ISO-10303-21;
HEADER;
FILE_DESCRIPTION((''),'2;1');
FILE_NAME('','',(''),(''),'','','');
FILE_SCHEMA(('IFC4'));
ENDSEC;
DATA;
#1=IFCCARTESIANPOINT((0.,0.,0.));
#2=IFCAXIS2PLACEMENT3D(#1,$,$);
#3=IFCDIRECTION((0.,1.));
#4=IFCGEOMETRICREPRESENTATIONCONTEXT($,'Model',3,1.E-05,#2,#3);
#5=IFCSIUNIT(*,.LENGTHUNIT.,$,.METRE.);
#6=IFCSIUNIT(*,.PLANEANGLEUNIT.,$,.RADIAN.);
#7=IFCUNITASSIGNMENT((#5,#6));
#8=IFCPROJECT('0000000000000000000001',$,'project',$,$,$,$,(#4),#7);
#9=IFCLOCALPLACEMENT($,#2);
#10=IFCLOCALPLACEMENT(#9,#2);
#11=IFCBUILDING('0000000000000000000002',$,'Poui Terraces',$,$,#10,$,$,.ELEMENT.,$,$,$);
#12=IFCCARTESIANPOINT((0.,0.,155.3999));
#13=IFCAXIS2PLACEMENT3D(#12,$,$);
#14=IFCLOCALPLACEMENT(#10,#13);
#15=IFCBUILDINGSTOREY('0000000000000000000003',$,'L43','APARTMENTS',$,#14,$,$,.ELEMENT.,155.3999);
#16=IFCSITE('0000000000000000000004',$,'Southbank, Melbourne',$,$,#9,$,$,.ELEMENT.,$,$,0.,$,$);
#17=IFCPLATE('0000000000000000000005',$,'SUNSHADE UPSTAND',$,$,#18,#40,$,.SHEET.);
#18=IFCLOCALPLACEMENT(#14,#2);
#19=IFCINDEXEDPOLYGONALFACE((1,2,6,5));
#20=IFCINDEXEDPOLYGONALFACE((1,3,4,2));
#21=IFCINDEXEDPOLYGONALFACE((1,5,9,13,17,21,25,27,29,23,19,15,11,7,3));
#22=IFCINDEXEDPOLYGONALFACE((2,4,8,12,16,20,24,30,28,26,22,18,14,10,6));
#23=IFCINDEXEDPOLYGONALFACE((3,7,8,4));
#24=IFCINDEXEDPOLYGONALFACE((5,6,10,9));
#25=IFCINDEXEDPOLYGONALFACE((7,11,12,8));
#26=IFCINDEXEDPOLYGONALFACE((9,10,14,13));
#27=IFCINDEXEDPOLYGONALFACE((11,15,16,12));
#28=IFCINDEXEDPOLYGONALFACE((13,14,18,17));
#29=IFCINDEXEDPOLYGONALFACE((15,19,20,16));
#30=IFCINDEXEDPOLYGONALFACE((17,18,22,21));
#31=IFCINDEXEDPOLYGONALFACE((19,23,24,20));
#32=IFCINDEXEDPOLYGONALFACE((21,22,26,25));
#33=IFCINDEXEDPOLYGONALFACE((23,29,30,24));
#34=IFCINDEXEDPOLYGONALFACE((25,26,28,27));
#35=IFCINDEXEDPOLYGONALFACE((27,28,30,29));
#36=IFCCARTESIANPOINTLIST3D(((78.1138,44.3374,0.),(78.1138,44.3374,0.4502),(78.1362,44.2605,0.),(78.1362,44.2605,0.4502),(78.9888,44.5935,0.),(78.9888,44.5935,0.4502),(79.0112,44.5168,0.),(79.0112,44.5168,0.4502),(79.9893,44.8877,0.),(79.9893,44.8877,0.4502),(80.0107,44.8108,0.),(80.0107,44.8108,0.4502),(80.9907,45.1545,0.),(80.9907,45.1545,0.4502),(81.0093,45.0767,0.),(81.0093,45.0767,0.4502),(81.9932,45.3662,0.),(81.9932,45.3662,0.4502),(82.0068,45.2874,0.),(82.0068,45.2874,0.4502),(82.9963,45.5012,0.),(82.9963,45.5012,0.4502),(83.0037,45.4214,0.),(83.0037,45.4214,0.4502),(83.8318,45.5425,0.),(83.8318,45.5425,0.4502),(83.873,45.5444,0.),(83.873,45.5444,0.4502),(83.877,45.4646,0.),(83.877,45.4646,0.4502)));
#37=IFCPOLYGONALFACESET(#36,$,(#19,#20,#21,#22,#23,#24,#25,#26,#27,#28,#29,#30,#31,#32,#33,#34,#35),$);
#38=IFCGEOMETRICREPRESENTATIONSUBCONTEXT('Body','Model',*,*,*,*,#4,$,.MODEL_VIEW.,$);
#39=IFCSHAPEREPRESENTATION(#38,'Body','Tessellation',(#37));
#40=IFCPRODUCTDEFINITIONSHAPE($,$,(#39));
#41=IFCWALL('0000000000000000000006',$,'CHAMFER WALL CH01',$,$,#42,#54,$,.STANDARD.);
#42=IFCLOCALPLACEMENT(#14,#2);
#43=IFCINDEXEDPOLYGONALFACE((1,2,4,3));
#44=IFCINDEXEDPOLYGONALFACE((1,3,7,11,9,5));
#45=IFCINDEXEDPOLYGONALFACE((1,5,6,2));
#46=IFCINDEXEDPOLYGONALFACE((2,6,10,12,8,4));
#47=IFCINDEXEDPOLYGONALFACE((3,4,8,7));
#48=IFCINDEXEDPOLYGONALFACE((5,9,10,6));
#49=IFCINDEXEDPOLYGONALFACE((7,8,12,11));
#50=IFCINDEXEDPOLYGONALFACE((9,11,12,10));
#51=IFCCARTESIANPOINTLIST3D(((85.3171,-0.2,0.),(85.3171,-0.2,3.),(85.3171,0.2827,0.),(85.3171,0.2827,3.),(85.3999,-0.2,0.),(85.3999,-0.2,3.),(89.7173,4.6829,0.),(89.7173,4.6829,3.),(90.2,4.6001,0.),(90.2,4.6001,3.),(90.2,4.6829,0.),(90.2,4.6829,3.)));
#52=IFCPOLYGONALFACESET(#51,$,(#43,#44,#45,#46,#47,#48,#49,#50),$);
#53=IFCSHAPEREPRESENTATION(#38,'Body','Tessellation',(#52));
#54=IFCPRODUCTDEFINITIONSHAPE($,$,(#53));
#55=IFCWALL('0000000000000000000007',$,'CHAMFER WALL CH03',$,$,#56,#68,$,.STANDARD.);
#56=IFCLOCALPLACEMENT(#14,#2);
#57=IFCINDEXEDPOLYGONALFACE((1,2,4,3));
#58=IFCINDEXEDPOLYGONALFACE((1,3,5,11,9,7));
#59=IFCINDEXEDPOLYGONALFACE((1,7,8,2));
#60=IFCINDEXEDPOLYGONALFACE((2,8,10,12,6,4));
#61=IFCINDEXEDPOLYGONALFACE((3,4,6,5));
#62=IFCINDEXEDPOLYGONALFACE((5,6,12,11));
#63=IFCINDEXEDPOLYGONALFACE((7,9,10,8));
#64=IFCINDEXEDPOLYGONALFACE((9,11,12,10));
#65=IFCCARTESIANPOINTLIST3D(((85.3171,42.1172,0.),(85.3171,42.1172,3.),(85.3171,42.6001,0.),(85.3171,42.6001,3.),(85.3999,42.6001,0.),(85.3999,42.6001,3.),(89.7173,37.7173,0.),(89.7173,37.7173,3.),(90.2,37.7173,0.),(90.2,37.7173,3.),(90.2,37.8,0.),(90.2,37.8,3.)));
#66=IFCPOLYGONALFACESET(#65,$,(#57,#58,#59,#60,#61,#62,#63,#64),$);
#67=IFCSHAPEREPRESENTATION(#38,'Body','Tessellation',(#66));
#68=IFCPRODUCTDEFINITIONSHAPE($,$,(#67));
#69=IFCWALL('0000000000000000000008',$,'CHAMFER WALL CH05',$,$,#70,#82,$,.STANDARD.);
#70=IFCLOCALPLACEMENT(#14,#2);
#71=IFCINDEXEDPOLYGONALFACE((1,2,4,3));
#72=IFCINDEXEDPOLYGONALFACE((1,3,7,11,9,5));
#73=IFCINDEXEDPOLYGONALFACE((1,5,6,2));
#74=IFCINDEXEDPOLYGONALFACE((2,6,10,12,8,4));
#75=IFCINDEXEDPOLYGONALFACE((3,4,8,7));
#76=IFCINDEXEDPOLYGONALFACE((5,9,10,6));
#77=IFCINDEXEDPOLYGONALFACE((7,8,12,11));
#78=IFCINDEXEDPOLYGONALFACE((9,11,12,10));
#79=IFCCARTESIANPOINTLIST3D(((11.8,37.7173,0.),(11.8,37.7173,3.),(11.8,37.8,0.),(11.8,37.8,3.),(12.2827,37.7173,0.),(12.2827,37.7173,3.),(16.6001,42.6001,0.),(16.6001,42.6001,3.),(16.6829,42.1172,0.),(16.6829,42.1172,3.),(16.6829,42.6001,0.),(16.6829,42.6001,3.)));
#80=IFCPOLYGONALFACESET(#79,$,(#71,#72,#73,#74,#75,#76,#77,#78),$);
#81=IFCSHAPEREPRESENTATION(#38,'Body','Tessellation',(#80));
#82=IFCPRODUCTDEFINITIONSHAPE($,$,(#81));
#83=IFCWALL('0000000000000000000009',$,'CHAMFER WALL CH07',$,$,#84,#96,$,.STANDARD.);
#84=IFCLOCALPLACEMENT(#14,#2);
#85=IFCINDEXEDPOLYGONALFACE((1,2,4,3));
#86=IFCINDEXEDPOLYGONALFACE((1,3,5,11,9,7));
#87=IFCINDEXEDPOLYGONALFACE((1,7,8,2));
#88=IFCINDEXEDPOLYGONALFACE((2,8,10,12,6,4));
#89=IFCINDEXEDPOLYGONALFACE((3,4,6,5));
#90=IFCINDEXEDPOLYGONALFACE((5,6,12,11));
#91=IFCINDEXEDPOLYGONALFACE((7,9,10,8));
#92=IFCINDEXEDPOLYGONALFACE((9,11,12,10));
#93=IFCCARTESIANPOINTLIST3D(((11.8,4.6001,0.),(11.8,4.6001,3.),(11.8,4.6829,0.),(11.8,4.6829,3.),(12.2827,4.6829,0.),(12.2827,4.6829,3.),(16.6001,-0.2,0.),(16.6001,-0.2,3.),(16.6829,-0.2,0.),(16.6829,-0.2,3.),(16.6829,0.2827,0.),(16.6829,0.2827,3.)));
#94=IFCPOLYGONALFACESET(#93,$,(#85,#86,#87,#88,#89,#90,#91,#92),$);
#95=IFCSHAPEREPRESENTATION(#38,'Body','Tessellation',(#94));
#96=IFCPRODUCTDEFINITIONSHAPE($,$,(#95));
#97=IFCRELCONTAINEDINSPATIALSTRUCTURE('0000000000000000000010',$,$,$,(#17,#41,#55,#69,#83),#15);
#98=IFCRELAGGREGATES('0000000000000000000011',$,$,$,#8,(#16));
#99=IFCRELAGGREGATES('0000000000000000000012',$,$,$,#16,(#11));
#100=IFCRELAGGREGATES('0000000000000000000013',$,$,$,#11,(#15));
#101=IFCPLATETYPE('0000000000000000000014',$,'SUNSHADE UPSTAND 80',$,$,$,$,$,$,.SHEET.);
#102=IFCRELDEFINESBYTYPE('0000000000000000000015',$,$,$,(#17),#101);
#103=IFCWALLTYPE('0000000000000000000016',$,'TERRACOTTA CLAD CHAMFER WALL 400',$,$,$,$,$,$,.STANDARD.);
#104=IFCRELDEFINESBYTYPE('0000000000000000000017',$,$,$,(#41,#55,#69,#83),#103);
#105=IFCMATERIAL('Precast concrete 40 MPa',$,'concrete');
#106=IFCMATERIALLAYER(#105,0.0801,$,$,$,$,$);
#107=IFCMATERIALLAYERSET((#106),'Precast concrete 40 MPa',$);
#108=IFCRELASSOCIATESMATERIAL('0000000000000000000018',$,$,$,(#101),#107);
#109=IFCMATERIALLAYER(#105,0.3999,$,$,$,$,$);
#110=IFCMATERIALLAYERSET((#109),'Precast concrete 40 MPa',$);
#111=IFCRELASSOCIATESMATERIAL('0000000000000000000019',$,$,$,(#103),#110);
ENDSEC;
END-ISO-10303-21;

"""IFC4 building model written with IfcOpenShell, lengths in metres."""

from ifc_helpers import new_model, si_unit, direction, frame, origin, place, context, subcontext, project, spatial, polyline, outline, extrude, material, layer, layer_set, type_object, element, save


model = new_model("IFC4")

# Units and contexts
model_context = context("Model", 3, precision=1e-05, world=origin(), true_north=direction((0.0, 1.0)))
body_context = subcontext(model_context, "Body", "Model", "MODEL_VIEW")
ifc_project = project(units=[si_unit("LENGTHUNIT", "METRE"), si_unit("PLANEANGLEUNIT", "RADIAN")], contexts=[model_context])

# Site, building, storey
site_placement = place(None, origin())
site = spatial("IfcSite", under=ifc_project, at=site_placement, Name="Southbank, Melbourne", CompositionType="ELEMENT", RefElevation=0.0)
building_placement = place(site_placement, origin())
building = spatial("IfcBuilding", under=site, at=building_placement, Name="Poui Terraces", CompositionType="ELEMENT")
storey_placement = place(building_placement, frame((0.0, 0.0, 155.3999)))
storey = spatial("IfcBuildingStorey", under=building, at=storey_placement, Name="L43", Description="APARTMENTS", CompositionType="ELEMENT", Elevation=155.3999)

# Shared definitions
ifc_material_1 = material(Name="Precast concrete 40 MPa", Category="concrete")

# Plate
ifc_layer_1 = layer(ifc_material_1, 0.0801)
ifc_layer_set_1 = layer_set([ifc_layer_1], Name="Precast concrete 40 MPa")
plate_type = type_object("IfcPlateType", Name="SUNSHADE UPSTAND 80", PredefinedType="SHEET", material=ifc_layer_set_1)
plate_1_placement = place(storey_placement, origin())
element("IfcPlate", 1, at=plate_1_placement, inside=storey, type_object=plate_type, Name="SUNSHADE UPSTAND", PredefinedType="SHEET", context=body_context, shape_type="SweptSolid", body=[
    extrude(outline(polyline([(78.9888, 44.5935), (78.1138, 44.3374), (78.1362, 44.2605), (79.0112, 44.5168), (80.0107, 44.8108), (81.0093, 45.0767), (82.0068, 45.2874), (83.0037, 45.4214), (83.877, 45.4646), (83.873, 45.5444), (83.8318, 45.5425), (82.9963, 45.5012), (81.9932, 45.3662), (80.9907, 45.1545), (79.9893, 44.8877), (78.9888, 44.5935)])), origin(), (0.0, 0.0, 1.0), 0.4502),
])

# Walls
ifc_layer_2 = layer(ifc_material_1, 0.3999)
ifc_layer_set_2 = layer_set([ifc_layer_2], Name="Precast concrete 40 MPa")
wall_type = type_object("IfcWallType", Name="TERRACOTTA CLAD CHAMFER WALL 400", PredefinedType="STANDARD", material=ifc_layer_set_2)
wall_1_placement = place(storey_placement, origin())
element("IfcWall", 2, at=wall_1_placement, inside=storey, type_object=wall_type, Name="CHAMFER WALL CH01", PredefinedType="STANDARD", context=body_context, shape_type="SweptSolid", body=[
    extrude(outline(polyline([(85.3171, -0.2), (85.3999, -0.2), (90.2, 4.6001), (90.2, 4.6829), (89.7173, 4.6829), (85.3171, 0.2827), (85.3171, -0.2)])), origin(), (0.0, 0.0, 1.0), 3.0),
])
wall_2_placement = place(storey_placement, origin())
element("IfcWall", 3, at=wall_2_placement, inside=storey, type_object=wall_type, Name="CHAMFER WALL CH03", PredefinedType="STANDARD", context=body_context, shape_type="SweptSolid", body=[
    extrude(outline(polyline([(90.2, 37.7173), (90.2, 37.8), (85.3999, 42.6001), (85.3171, 42.6001), (85.3171, 42.1172), (89.7173, 37.7173), (90.2, 37.7173)])), origin(), (0.0, 0.0, 1.0), 3.0),
])
wall_3_placement = place(storey_placement, origin())
element("IfcWall", 4, at=wall_3_placement, inside=storey, type_object=wall_type, Name="CHAMFER WALL CH05", PredefinedType="STANDARD", context=body_context, shape_type="SweptSolid", body=[
    extrude(outline(polyline([(16.6829, 42.6001), (16.6001, 42.6001), (11.8, 37.8), (11.8, 37.7173), (12.2827, 37.7173), (16.6829, 42.1172), (16.6829, 42.6001)])), origin(), (0.0, 0.0, 1.0), 3.0),
])
wall_4_placement = place(storey_placement, origin())
element("IfcWall", 5, at=wall_4_placement, inside=storey, type_object=wall_type, Name="CHAMFER WALL CH07", PredefinedType="STANDARD", context=body_context, shape_type="SweptSolid", body=[
    extrude(outline(polyline([(11.8, 4.6829), (11.8, 4.6001), (16.6001, -0.2), (16.6829, -0.2), (16.6829, 0.2827), (12.2827, 4.6829), (11.8, 4.6829)])), origin(), (0.0, 0.0, 1.0), 3.0),
])

save(model, "model.ifc")
